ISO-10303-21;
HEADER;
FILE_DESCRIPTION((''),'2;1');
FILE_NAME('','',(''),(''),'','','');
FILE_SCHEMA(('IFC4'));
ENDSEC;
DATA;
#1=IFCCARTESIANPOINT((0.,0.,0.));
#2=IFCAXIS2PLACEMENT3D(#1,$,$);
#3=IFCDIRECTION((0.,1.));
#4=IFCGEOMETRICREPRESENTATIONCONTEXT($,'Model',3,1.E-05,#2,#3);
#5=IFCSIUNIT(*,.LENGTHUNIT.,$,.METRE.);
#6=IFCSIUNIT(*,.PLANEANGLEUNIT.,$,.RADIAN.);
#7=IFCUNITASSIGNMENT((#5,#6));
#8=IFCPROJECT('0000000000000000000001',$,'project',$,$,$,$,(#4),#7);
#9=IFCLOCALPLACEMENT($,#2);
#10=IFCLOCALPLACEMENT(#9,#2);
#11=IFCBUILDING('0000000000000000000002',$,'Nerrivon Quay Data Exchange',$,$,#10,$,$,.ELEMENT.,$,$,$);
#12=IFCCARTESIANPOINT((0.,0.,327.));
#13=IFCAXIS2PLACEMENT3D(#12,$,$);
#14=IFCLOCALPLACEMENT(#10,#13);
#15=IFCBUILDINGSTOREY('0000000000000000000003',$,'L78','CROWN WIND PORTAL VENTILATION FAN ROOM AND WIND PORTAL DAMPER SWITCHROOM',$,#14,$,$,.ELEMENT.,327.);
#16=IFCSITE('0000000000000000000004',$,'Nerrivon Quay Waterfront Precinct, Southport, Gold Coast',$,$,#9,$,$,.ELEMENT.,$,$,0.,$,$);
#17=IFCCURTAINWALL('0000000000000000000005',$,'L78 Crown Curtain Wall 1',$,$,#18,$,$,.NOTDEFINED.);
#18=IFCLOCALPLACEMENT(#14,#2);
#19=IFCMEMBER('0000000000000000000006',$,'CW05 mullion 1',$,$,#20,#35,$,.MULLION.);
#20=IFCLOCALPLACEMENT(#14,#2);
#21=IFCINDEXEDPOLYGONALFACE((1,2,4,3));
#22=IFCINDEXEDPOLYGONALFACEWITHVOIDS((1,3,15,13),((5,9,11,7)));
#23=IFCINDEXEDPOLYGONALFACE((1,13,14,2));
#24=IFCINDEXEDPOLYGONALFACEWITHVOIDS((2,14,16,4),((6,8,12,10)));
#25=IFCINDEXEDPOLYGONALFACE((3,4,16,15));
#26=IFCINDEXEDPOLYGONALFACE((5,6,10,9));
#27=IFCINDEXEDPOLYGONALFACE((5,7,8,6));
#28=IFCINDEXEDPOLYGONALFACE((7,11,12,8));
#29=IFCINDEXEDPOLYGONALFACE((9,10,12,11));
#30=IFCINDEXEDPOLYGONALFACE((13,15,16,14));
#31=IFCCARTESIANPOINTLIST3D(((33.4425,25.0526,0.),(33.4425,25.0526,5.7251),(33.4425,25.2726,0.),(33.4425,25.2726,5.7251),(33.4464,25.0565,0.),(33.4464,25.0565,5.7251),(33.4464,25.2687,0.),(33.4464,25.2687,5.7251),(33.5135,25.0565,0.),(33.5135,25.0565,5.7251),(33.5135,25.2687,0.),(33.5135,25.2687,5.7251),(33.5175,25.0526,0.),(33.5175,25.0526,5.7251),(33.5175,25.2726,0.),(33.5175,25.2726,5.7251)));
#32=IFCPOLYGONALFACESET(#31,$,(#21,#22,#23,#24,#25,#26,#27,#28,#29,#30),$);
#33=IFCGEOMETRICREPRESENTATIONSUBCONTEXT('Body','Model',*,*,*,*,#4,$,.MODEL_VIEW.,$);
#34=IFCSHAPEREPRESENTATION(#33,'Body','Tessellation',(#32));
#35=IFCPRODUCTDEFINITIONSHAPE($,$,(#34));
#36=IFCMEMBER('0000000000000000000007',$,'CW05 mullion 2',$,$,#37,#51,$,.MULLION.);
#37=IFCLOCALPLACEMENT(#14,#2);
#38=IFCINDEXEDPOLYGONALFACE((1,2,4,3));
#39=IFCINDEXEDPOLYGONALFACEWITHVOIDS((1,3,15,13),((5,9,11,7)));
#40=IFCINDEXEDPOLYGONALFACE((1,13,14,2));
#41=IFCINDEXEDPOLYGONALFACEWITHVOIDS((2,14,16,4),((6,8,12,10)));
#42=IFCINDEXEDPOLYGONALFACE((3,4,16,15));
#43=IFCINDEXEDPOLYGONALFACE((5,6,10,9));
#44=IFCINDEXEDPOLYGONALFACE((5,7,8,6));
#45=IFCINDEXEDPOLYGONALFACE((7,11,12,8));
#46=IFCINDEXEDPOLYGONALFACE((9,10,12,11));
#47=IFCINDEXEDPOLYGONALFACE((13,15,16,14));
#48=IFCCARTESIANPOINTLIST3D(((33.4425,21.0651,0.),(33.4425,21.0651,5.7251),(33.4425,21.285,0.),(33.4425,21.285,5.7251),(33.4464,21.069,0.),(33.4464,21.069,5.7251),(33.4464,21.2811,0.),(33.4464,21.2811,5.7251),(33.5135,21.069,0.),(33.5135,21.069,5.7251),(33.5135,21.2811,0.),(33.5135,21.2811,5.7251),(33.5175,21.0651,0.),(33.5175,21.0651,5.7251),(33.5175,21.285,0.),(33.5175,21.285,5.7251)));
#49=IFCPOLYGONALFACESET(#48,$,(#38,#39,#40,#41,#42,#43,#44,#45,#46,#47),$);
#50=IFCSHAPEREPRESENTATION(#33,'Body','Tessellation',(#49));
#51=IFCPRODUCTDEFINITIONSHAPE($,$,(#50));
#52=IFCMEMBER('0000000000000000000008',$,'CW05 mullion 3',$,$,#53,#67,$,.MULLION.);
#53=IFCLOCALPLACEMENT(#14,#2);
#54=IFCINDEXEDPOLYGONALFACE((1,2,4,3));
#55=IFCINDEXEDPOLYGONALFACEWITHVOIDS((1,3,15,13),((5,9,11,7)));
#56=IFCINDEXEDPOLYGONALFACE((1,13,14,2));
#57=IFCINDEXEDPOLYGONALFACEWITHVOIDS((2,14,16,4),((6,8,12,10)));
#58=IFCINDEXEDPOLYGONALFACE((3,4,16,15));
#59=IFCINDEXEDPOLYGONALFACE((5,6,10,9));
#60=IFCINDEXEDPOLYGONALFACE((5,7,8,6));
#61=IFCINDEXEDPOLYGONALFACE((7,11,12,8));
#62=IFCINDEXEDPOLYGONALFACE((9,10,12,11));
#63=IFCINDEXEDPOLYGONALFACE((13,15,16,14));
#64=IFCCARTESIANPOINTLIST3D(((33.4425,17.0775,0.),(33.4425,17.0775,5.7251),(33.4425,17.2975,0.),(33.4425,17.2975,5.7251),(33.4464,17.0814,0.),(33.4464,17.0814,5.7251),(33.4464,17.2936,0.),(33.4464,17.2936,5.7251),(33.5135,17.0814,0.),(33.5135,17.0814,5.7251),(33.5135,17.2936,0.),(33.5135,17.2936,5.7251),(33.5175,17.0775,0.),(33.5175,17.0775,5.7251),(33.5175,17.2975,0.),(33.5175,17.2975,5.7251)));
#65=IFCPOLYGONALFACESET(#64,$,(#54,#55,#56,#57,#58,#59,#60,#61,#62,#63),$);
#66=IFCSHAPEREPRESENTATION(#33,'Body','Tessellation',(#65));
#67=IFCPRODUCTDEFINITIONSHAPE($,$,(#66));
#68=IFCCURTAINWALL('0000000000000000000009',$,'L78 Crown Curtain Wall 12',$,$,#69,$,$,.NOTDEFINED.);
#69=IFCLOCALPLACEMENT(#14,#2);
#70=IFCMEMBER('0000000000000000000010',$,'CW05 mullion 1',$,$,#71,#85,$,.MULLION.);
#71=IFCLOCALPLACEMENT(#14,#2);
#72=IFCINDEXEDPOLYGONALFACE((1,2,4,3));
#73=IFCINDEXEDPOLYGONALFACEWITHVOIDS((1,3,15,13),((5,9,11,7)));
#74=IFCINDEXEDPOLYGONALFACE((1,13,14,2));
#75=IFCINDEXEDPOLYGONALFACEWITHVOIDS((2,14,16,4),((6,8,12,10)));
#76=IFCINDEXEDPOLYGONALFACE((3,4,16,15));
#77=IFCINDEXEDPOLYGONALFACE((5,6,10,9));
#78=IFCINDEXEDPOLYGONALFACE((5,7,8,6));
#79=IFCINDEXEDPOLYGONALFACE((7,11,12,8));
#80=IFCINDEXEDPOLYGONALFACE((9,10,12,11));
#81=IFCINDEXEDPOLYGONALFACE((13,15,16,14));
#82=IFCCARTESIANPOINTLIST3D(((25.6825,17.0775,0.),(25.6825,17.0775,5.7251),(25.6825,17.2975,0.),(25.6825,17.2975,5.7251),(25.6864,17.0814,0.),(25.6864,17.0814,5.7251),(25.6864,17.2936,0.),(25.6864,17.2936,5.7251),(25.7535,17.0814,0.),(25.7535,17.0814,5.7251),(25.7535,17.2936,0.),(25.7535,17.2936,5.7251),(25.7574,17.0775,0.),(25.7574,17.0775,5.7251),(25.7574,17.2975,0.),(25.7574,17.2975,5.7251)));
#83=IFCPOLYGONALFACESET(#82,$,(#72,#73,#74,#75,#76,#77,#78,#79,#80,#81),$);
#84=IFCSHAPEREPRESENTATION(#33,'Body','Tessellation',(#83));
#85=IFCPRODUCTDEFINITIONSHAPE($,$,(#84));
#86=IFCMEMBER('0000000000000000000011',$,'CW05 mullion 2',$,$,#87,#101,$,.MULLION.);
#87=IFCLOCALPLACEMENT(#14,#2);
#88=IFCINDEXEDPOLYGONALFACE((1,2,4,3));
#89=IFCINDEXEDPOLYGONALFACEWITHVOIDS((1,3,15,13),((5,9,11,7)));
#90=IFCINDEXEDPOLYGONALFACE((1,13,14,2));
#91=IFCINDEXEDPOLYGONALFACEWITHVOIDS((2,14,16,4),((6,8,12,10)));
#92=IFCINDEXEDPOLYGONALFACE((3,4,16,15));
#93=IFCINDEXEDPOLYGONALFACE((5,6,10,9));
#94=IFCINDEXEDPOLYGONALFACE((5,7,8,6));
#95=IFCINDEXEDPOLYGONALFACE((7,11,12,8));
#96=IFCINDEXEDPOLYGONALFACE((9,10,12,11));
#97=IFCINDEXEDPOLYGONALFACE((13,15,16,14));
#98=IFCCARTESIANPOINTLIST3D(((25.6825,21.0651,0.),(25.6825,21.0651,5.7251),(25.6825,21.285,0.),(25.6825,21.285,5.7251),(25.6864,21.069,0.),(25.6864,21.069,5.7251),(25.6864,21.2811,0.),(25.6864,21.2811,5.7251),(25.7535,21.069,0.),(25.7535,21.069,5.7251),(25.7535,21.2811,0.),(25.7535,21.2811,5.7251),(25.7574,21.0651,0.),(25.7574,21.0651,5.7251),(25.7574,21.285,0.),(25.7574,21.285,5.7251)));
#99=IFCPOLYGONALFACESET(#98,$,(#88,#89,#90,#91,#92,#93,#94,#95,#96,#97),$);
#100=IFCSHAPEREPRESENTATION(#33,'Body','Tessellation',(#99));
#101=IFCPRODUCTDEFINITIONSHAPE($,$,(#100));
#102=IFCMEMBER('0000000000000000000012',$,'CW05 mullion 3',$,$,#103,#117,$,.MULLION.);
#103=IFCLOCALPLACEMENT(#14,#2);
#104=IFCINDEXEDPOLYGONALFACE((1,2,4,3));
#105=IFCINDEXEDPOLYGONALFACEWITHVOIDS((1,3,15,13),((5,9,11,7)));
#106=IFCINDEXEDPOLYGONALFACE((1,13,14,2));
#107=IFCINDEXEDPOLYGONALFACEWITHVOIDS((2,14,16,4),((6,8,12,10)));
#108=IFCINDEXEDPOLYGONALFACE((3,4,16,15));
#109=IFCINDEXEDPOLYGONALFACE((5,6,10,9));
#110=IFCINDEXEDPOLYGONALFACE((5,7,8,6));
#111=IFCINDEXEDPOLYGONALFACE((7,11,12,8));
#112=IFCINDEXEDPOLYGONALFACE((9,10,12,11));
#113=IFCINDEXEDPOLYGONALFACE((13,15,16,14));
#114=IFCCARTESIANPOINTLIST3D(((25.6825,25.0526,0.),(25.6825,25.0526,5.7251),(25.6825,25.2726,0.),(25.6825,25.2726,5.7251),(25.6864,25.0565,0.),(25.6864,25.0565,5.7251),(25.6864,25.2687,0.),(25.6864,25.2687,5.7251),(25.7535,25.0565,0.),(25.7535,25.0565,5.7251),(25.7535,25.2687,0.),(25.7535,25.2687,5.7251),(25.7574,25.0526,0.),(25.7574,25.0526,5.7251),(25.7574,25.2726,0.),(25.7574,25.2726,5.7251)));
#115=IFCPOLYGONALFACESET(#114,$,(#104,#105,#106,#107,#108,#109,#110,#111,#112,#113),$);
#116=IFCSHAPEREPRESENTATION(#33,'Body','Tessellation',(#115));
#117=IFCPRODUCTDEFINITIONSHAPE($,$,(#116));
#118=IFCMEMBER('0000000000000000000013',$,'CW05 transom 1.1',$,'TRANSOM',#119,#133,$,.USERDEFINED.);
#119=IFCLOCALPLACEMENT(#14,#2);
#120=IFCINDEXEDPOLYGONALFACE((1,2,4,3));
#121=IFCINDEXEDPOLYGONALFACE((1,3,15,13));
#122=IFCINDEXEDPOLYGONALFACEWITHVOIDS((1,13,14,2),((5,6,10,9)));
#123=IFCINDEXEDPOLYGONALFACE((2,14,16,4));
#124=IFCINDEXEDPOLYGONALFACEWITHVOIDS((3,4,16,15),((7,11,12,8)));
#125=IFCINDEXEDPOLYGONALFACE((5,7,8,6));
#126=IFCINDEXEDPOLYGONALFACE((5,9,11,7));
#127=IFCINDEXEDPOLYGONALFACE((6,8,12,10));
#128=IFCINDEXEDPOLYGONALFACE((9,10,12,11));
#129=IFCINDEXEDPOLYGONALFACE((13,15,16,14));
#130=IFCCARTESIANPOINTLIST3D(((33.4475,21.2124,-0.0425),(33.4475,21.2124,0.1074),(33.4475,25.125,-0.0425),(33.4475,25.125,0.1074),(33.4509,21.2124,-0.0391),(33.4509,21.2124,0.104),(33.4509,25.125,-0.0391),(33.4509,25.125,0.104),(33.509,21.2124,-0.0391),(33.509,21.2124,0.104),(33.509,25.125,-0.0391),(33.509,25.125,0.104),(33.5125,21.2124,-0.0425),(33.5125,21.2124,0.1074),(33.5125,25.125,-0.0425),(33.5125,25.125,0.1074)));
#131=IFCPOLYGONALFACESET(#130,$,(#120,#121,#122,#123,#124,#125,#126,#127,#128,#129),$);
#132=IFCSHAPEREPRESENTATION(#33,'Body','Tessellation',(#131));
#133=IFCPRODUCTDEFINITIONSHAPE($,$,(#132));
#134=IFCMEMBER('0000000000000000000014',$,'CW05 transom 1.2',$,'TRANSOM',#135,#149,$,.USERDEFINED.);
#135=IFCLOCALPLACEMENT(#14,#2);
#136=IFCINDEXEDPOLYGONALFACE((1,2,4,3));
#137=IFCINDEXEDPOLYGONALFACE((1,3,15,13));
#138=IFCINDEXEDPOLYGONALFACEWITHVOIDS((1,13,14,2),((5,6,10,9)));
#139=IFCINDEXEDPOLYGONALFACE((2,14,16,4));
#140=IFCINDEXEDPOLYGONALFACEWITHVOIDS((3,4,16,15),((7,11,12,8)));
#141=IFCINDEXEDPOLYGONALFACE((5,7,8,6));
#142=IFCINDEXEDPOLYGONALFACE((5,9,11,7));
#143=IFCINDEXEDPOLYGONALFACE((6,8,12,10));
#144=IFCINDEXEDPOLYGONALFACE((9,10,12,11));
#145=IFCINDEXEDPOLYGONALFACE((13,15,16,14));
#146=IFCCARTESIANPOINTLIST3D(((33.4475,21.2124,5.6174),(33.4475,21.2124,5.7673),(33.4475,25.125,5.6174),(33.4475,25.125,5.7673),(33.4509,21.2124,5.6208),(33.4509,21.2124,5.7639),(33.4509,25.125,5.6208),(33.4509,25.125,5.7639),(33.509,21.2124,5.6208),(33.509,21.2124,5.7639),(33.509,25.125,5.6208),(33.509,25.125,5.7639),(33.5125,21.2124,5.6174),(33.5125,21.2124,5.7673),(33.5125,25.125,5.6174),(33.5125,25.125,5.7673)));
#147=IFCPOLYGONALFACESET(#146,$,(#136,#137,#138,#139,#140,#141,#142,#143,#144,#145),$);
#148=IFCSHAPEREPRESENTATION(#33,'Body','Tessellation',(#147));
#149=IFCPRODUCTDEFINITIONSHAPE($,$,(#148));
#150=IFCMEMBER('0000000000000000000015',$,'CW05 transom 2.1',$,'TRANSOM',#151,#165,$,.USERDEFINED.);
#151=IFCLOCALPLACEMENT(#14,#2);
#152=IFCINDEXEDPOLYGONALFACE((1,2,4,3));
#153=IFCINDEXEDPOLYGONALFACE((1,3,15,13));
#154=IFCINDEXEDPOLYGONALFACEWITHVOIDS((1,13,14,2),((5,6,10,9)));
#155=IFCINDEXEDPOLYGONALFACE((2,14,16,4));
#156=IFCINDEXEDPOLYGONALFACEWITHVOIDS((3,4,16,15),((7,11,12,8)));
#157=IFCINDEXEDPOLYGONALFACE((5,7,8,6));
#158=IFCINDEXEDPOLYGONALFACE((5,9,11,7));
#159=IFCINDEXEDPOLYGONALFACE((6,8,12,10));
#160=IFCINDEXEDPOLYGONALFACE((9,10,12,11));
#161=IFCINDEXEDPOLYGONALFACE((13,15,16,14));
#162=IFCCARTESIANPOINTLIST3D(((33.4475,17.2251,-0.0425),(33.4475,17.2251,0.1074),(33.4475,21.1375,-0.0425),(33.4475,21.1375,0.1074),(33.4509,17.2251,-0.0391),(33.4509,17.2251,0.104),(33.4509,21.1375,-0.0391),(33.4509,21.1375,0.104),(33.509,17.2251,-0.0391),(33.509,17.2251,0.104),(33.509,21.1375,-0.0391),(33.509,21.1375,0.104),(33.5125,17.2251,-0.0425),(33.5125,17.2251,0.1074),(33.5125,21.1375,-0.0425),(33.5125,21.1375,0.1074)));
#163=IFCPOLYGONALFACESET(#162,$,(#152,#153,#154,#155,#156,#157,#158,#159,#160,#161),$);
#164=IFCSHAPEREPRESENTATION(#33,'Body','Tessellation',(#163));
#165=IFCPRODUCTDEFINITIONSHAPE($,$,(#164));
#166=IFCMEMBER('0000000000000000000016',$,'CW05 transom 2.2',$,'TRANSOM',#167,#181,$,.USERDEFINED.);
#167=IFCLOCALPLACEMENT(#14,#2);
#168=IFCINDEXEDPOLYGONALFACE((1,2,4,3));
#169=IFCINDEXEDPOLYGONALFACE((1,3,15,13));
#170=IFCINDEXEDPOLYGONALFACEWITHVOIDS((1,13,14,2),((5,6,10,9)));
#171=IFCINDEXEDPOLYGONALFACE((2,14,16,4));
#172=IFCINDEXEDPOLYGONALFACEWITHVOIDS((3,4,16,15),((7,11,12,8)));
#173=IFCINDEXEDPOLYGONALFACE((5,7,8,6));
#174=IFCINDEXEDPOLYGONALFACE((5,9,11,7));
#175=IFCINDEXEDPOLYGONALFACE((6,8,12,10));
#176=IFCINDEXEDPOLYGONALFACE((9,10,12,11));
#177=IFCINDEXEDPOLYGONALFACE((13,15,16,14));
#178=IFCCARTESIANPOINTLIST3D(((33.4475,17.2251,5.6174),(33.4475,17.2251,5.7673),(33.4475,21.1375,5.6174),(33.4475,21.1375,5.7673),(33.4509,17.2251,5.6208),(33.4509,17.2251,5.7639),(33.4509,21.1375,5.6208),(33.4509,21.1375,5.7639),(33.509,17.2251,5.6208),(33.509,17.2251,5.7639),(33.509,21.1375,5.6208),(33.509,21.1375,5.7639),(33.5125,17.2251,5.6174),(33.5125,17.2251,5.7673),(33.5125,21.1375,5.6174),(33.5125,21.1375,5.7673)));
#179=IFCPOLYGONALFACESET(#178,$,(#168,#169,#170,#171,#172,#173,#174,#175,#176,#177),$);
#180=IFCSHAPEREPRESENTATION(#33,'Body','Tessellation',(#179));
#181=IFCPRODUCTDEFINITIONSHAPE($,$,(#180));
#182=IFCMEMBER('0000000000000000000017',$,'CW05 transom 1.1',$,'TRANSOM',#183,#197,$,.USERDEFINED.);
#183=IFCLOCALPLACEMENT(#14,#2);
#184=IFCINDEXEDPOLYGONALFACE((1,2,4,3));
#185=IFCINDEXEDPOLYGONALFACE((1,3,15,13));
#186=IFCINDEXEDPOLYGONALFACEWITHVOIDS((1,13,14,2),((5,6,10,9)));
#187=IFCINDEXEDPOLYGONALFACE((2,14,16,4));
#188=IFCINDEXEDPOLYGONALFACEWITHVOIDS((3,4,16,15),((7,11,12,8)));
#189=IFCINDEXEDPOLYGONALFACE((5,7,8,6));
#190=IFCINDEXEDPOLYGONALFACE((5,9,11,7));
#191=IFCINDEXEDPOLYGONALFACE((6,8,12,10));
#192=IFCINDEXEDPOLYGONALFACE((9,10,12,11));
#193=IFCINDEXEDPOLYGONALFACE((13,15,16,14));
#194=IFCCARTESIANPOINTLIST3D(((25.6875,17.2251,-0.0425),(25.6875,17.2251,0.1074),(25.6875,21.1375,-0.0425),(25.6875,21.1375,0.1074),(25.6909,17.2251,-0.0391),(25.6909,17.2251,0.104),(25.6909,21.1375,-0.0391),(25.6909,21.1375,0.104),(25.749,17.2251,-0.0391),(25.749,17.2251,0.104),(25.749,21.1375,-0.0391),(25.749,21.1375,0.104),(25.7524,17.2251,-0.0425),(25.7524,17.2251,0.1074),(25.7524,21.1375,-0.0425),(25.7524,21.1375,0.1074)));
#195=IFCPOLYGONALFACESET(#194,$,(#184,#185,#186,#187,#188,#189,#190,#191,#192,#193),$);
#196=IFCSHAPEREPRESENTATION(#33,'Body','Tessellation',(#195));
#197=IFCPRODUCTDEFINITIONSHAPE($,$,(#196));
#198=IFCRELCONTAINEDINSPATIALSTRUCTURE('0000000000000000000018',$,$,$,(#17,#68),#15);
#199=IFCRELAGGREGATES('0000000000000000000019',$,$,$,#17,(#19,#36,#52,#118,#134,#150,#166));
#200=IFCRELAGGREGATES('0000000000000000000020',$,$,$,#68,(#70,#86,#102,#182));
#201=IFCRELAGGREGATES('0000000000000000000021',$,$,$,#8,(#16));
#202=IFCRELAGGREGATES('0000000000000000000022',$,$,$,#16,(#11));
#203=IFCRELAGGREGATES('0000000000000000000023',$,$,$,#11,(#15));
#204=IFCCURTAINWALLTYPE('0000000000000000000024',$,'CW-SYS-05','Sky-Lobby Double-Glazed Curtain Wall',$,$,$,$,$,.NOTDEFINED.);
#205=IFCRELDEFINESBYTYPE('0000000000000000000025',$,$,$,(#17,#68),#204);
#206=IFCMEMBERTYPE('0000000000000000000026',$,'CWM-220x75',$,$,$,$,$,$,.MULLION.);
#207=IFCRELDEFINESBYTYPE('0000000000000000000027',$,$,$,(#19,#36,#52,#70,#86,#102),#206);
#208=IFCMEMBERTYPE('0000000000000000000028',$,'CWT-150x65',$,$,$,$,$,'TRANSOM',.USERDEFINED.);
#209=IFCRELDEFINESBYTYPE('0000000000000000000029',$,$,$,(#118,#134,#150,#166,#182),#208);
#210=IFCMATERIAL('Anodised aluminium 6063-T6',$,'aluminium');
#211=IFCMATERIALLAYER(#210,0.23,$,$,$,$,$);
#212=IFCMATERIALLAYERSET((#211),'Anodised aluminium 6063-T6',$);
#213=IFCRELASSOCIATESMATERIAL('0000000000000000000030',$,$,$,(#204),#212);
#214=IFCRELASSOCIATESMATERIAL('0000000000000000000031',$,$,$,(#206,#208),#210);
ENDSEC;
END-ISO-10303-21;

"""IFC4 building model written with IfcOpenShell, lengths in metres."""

from ifc_helpers import new_model, si_unit, direction, frame, origin, origin_2d, place, context, subcontext, project, spatial, hollow_rectangle, extrude, material, layer, layer_set, material_profile, profile_set, type_object, element, aggregate, save


model = new_model("IFC4")

# Units and contexts
model_context = context("Model", 3, precision=1e-05, world=origin(), true_north=direction((0.0, 1.0)))
body_context = subcontext(model_context, "Body", "Model", "MODEL_VIEW")
ifc_project = project(units=[si_unit("LENGTHUNIT", "METRE"), si_unit("PLANEANGLEUNIT", "RADIAN")], contexts=[model_context])

# Site, building, storey
site_placement = place(None, origin())
site = spatial("IfcSite", under=ifc_project, at=site_placement, Name="Nerrivon Quay Waterfront Precinct, Southport, Gold Coast", CompositionType="ELEMENT", RefElevation=0.0)
building_placement = place(site_placement, origin())
building = spatial("IfcBuilding", under=site, at=building_placement, Name="Nerrivon Quay Data Exchange", CompositionType="ELEMENT")
storey_placement = place(building_placement, frame((0.0, 0.0, 327.0)))
storey = spatial("IfcBuildingStorey", under=building, at=storey_placement, Name="L78", Description="CROWN WIND PORTAL VENTILATION FAN ROOM AND WIND PORTAL DAMPER SWITCHROOM", CompositionType="ELEMENT", Elevation=327.0)

# Curtain walls, members
ifc_material_1 = material(Name="Anodised aluminium 6063-T6", Category="aluminium")
ifc_layer_1 = layer(ifc_material_1, 0.23)
ifc_layer_set_1 = layer_set([ifc_layer_1], Name="Anodised aluminium 6063-T6")
curtain_wall_type = type_object("IfcCurtainWallType", Name="CW-SYS-05", Description="Sky-Lobby Double-Glazed Curtain Wall", PredefinedType="NOTDEFINED", material=ifc_layer_set_1)
curtain_wall_1_placement = place(storey_placement, origin())
curtain_wall_1 = element("IfcCurtainWall", 1, at=curtain_wall_1_placement, inside=storey, type_object=curtain_wall_type, Name="L78 Crown Curtain Wall 1", PredefinedType="NOTDEFINED")
ifc_material_profile_1 = material_profile(ifc_material_1, hollow_rectangle(XDim=0.075, YDim=0.22, WallThickness=0.0039, at=origin_2d()), Name="ALU-MULL-220x75")
ifc_profile_set_1 = profile_set([ifc_material_profile_1], Name="Anodised aluminium 6063-T6")
member_type_1 = type_object("IfcMemberType", Name="CWM-220x75", PredefinedType="MULLION", material=ifc_profile_set_1)
member_1_placement = place(storey_placement, frame((33.48, 25.1626, 0.0), z_axis=(0.0, 0.0, 1.0), x_axis=(1.0, 0.0, 0.0)))
member_1 = element("IfcMember", 2, at=member_1_placement, type_object=member_type_1, Name="CW05 mullion 1", PredefinedType="MULLION", context=body_context, shape_type="SweptSolid", body=[
    extrude(hollow_rectangle(XDim=0.075, YDim=0.22, WallThickness=0.0039, at=origin_2d()), origin(), (0.0, 0.0, 1.0), 5.7251),
])
member_2_placement = place(storey_placement, frame((33.48, 21.175, 0.0), z_axis=(0.0, 0.0, 1.0), x_axis=(1.0, 0.0, 0.0)))
member_2 = element("IfcMember", 3, at=member_2_placement, type_object=member_type_1, Name="CW05 mullion 2", PredefinedType="MULLION", context=body_context, shape_type="SweptSolid", body=[
    extrude(hollow_rectangle(XDim=0.075, YDim=0.22, WallThickness=0.0039, at=origin_2d()), origin(), (0.0, 0.0, 1.0), 5.7251),
])
member_3_placement = place(storey_placement, frame((33.48, 17.1875, 0.0), z_axis=(0.0, 0.0, 1.0), x_axis=(1.0, 0.0, 0.0)))
member_3 = element("IfcMember", 4, at=member_3_placement, type_object=member_type_1, Name="CW05 mullion 3", PredefinedType="MULLION", context=body_context, shape_type="SweptSolid", body=[
    extrude(hollow_rectangle(XDim=0.075, YDim=0.22, WallThickness=0.0039, at=origin_2d()), origin(), (0.0, 0.0, 1.0), 5.7251),
])
curtain_wall_2_placement = place(storey_placement, origin())
curtain_wall_2 = element("IfcCurtainWall", 5, at=curtain_wall_2_placement, inside=storey, type_object=curtain_wall_type, Name="L78 Crown Curtain Wall 12", PredefinedType="NOTDEFINED")
member_4_placement = place(storey_placement, frame((25.72, 17.1875, 0.0), z_axis=(0.0, 0.0, 1.0), x_axis=(-1.0, 0.0, 0.0)))
member_4 = element("IfcMember", 6, at=member_4_placement, type_object=member_type_1, Name="CW05 mullion 1", PredefinedType="MULLION", context=body_context, shape_type="SweptSolid", body=[
    extrude(hollow_rectangle(XDim=0.075, YDim=0.22, WallThickness=0.0039, at=origin_2d()), origin(), (0.0, 0.0, 1.0), 5.7251),
])
member_5_placement = place(storey_placement, frame((25.72, 21.175, 0.0), z_axis=(0.0, 0.0, 1.0), x_axis=(-1.0, 0.0, 0.0)))
member_5 = element("IfcMember", 7, at=member_5_placement, type_object=member_type_1, Name="CW05 mullion 2", PredefinedType="MULLION", context=body_context, shape_type="SweptSolid", body=[
    extrude(hollow_rectangle(XDim=0.075, YDim=0.22, WallThickness=0.0039, at=origin_2d()), origin(), (0.0, 0.0, 1.0), 5.7251),
])
member_6_placement = place(storey_placement, frame((25.72, 25.1626, 0.0), z_axis=(0.0, 0.0, 1.0), x_axis=(-1.0, 0.0, 0.0)))
member_6 = element("IfcMember", 8, at=member_6_placement, type_object=member_type_1, Name="CW05 mullion 3", PredefinedType="MULLION", context=body_context, shape_type="SweptSolid", body=[
    extrude(hollow_rectangle(XDim=0.075, YDim=0.22, WallThickness=0.0039, at=origin_2d()), origin(), (0.0, 0.0, 1.0), 5.7251),
])

# Members
ifc_material_profile_2 = material_profile(ifc_material_1, hollow_rectangle(XDim=0.0649, YDim=0.1499, WallThickness=0.0034, at=origin_2d()), Name="ALU-TRAN-150x65")
ifc_profile_set_2 = profile_set([ifc_material_profile_2], Name="Anodised aluminium 6063-T6")
member_type_2 = type_object("IfcMemberType", Name="CWT-150x65", ElementType="TRANSOM", PredefinedType="USERDEFINED", material=ifc_profile_set_2)
member_7_placement = place(storey_placement, frame((33.48, 25.125, 0.0325), z_axis=(0.0, -1.0, 0.0), x_axis=(1.0, 0.0, 0.0)))
member_7 = element("IfcMember", 9, at=member_7_placement, type_object=member_type_2, Name="CW05 transom 1.1", ObjectType="TRANSOM", PredefinedType="USERDEFINED", context=body_context, shape_type="SweptSolid", body=[
    extrude(hollow_rectangle(XDim=0.0649, YDim=0.1499, WallThickness=0.0034, at=origin_2d()), origin(), (0.0, 0.0, 1.0), 3.9126),
])
member_8_placement = place(storey_placement, frame((33.48, 25.125, 5.6924), z_axis=(0.0, -1.0, 0.0), x_axis=(1.0, 0.0, 0.0)))
member_8 = element("IfcMember", 10, at=member_8_placement, type_object=member_type_2, Name="CW05 transom 1.2", ObjectType="TRANSOM", PredefinedType="USERDEFINED", context=body_context, shape_type="SweptSolid", body=[
    extrude(hollow_rectangle(XDim=0.0649, YDim=0.1499, WallThickness=0.0034, at=origin_2d()), origin(), (0.0, 0.0, 1.0), 3.9126),
])
member_9_placement = place(storey_placement, frame((33.48, 21.1375, 0.0325), z_axis=(0.0, -1.0, 0.0), x_axis=(1.0, 0.0, 0.0)))
member_9 = element("IfcMember", 11, at=member_9_placement, type_object=member_type_2, Name="CW05 transom 2.1", ObjectType="TRANSOM", PredefinedType="USERDEFINED", context=body_context, shape_type="SweptSolid", body=[
    extrude(hollow_rectangle(XDim=0.0649, YDim=0.1499, WallThickness=0.0034, at=origin_2d()), origin(), (0.0, 0.0, 1.0), 3.9124),
])
member_10_placement = place(storey_placement, frame((33.48, 21.1375, 5.6924), z_axis=(0.0, -1.0, 0.0), x_axis=(1.0, 0.0, 0.0)))
member_10 = element("IfcMember", 12, at=member_10_placement, type_object=member_type_2, Name="CW05 transom 2.2", ObjectType="TRANSOM", PredefinedType="USERDEFINED", context=body_context, shape_type="SweptSolid", body=[
    extrude(hollow_rectangle(XDim=0.0649, YDim=0.1499, WallThickness=0.0034, at=origin_2d()), origin(), (0.0, 0.0, 1.0), 3.9124),
])
member_11_placement = place(storey_placement, frame((25.72, 17.2251, 0.0325), z_axis=(0.0, 1.0, 0.0), x_axis=(-1.0, 0.0, 0.0)))
member_11 = element("IfcMember", 13, at=member_11_placement, type_object=member_type_2, Name="CW05 transom 1.1", ObjectType="TRANSOM", PredefinedType="USERDEFINED", context=body_context, shape_type="SweptSolid", body=[
    extrude(hollow_rectangle(XDim=0.0649, YDim=0.1499, WallThickness=0.0034, at=origin_2d()), origin(), (0.0, 0.0, 1.0), 3.9124),
])

aggregate(curtain_wall_1, [member_1, member_2, member_3, member_7, member_8, member_9, member_10])
aggregate(curtain_wall_2, [member_4, member_5, member_6, member_11])

save(model, "model.ifc")
